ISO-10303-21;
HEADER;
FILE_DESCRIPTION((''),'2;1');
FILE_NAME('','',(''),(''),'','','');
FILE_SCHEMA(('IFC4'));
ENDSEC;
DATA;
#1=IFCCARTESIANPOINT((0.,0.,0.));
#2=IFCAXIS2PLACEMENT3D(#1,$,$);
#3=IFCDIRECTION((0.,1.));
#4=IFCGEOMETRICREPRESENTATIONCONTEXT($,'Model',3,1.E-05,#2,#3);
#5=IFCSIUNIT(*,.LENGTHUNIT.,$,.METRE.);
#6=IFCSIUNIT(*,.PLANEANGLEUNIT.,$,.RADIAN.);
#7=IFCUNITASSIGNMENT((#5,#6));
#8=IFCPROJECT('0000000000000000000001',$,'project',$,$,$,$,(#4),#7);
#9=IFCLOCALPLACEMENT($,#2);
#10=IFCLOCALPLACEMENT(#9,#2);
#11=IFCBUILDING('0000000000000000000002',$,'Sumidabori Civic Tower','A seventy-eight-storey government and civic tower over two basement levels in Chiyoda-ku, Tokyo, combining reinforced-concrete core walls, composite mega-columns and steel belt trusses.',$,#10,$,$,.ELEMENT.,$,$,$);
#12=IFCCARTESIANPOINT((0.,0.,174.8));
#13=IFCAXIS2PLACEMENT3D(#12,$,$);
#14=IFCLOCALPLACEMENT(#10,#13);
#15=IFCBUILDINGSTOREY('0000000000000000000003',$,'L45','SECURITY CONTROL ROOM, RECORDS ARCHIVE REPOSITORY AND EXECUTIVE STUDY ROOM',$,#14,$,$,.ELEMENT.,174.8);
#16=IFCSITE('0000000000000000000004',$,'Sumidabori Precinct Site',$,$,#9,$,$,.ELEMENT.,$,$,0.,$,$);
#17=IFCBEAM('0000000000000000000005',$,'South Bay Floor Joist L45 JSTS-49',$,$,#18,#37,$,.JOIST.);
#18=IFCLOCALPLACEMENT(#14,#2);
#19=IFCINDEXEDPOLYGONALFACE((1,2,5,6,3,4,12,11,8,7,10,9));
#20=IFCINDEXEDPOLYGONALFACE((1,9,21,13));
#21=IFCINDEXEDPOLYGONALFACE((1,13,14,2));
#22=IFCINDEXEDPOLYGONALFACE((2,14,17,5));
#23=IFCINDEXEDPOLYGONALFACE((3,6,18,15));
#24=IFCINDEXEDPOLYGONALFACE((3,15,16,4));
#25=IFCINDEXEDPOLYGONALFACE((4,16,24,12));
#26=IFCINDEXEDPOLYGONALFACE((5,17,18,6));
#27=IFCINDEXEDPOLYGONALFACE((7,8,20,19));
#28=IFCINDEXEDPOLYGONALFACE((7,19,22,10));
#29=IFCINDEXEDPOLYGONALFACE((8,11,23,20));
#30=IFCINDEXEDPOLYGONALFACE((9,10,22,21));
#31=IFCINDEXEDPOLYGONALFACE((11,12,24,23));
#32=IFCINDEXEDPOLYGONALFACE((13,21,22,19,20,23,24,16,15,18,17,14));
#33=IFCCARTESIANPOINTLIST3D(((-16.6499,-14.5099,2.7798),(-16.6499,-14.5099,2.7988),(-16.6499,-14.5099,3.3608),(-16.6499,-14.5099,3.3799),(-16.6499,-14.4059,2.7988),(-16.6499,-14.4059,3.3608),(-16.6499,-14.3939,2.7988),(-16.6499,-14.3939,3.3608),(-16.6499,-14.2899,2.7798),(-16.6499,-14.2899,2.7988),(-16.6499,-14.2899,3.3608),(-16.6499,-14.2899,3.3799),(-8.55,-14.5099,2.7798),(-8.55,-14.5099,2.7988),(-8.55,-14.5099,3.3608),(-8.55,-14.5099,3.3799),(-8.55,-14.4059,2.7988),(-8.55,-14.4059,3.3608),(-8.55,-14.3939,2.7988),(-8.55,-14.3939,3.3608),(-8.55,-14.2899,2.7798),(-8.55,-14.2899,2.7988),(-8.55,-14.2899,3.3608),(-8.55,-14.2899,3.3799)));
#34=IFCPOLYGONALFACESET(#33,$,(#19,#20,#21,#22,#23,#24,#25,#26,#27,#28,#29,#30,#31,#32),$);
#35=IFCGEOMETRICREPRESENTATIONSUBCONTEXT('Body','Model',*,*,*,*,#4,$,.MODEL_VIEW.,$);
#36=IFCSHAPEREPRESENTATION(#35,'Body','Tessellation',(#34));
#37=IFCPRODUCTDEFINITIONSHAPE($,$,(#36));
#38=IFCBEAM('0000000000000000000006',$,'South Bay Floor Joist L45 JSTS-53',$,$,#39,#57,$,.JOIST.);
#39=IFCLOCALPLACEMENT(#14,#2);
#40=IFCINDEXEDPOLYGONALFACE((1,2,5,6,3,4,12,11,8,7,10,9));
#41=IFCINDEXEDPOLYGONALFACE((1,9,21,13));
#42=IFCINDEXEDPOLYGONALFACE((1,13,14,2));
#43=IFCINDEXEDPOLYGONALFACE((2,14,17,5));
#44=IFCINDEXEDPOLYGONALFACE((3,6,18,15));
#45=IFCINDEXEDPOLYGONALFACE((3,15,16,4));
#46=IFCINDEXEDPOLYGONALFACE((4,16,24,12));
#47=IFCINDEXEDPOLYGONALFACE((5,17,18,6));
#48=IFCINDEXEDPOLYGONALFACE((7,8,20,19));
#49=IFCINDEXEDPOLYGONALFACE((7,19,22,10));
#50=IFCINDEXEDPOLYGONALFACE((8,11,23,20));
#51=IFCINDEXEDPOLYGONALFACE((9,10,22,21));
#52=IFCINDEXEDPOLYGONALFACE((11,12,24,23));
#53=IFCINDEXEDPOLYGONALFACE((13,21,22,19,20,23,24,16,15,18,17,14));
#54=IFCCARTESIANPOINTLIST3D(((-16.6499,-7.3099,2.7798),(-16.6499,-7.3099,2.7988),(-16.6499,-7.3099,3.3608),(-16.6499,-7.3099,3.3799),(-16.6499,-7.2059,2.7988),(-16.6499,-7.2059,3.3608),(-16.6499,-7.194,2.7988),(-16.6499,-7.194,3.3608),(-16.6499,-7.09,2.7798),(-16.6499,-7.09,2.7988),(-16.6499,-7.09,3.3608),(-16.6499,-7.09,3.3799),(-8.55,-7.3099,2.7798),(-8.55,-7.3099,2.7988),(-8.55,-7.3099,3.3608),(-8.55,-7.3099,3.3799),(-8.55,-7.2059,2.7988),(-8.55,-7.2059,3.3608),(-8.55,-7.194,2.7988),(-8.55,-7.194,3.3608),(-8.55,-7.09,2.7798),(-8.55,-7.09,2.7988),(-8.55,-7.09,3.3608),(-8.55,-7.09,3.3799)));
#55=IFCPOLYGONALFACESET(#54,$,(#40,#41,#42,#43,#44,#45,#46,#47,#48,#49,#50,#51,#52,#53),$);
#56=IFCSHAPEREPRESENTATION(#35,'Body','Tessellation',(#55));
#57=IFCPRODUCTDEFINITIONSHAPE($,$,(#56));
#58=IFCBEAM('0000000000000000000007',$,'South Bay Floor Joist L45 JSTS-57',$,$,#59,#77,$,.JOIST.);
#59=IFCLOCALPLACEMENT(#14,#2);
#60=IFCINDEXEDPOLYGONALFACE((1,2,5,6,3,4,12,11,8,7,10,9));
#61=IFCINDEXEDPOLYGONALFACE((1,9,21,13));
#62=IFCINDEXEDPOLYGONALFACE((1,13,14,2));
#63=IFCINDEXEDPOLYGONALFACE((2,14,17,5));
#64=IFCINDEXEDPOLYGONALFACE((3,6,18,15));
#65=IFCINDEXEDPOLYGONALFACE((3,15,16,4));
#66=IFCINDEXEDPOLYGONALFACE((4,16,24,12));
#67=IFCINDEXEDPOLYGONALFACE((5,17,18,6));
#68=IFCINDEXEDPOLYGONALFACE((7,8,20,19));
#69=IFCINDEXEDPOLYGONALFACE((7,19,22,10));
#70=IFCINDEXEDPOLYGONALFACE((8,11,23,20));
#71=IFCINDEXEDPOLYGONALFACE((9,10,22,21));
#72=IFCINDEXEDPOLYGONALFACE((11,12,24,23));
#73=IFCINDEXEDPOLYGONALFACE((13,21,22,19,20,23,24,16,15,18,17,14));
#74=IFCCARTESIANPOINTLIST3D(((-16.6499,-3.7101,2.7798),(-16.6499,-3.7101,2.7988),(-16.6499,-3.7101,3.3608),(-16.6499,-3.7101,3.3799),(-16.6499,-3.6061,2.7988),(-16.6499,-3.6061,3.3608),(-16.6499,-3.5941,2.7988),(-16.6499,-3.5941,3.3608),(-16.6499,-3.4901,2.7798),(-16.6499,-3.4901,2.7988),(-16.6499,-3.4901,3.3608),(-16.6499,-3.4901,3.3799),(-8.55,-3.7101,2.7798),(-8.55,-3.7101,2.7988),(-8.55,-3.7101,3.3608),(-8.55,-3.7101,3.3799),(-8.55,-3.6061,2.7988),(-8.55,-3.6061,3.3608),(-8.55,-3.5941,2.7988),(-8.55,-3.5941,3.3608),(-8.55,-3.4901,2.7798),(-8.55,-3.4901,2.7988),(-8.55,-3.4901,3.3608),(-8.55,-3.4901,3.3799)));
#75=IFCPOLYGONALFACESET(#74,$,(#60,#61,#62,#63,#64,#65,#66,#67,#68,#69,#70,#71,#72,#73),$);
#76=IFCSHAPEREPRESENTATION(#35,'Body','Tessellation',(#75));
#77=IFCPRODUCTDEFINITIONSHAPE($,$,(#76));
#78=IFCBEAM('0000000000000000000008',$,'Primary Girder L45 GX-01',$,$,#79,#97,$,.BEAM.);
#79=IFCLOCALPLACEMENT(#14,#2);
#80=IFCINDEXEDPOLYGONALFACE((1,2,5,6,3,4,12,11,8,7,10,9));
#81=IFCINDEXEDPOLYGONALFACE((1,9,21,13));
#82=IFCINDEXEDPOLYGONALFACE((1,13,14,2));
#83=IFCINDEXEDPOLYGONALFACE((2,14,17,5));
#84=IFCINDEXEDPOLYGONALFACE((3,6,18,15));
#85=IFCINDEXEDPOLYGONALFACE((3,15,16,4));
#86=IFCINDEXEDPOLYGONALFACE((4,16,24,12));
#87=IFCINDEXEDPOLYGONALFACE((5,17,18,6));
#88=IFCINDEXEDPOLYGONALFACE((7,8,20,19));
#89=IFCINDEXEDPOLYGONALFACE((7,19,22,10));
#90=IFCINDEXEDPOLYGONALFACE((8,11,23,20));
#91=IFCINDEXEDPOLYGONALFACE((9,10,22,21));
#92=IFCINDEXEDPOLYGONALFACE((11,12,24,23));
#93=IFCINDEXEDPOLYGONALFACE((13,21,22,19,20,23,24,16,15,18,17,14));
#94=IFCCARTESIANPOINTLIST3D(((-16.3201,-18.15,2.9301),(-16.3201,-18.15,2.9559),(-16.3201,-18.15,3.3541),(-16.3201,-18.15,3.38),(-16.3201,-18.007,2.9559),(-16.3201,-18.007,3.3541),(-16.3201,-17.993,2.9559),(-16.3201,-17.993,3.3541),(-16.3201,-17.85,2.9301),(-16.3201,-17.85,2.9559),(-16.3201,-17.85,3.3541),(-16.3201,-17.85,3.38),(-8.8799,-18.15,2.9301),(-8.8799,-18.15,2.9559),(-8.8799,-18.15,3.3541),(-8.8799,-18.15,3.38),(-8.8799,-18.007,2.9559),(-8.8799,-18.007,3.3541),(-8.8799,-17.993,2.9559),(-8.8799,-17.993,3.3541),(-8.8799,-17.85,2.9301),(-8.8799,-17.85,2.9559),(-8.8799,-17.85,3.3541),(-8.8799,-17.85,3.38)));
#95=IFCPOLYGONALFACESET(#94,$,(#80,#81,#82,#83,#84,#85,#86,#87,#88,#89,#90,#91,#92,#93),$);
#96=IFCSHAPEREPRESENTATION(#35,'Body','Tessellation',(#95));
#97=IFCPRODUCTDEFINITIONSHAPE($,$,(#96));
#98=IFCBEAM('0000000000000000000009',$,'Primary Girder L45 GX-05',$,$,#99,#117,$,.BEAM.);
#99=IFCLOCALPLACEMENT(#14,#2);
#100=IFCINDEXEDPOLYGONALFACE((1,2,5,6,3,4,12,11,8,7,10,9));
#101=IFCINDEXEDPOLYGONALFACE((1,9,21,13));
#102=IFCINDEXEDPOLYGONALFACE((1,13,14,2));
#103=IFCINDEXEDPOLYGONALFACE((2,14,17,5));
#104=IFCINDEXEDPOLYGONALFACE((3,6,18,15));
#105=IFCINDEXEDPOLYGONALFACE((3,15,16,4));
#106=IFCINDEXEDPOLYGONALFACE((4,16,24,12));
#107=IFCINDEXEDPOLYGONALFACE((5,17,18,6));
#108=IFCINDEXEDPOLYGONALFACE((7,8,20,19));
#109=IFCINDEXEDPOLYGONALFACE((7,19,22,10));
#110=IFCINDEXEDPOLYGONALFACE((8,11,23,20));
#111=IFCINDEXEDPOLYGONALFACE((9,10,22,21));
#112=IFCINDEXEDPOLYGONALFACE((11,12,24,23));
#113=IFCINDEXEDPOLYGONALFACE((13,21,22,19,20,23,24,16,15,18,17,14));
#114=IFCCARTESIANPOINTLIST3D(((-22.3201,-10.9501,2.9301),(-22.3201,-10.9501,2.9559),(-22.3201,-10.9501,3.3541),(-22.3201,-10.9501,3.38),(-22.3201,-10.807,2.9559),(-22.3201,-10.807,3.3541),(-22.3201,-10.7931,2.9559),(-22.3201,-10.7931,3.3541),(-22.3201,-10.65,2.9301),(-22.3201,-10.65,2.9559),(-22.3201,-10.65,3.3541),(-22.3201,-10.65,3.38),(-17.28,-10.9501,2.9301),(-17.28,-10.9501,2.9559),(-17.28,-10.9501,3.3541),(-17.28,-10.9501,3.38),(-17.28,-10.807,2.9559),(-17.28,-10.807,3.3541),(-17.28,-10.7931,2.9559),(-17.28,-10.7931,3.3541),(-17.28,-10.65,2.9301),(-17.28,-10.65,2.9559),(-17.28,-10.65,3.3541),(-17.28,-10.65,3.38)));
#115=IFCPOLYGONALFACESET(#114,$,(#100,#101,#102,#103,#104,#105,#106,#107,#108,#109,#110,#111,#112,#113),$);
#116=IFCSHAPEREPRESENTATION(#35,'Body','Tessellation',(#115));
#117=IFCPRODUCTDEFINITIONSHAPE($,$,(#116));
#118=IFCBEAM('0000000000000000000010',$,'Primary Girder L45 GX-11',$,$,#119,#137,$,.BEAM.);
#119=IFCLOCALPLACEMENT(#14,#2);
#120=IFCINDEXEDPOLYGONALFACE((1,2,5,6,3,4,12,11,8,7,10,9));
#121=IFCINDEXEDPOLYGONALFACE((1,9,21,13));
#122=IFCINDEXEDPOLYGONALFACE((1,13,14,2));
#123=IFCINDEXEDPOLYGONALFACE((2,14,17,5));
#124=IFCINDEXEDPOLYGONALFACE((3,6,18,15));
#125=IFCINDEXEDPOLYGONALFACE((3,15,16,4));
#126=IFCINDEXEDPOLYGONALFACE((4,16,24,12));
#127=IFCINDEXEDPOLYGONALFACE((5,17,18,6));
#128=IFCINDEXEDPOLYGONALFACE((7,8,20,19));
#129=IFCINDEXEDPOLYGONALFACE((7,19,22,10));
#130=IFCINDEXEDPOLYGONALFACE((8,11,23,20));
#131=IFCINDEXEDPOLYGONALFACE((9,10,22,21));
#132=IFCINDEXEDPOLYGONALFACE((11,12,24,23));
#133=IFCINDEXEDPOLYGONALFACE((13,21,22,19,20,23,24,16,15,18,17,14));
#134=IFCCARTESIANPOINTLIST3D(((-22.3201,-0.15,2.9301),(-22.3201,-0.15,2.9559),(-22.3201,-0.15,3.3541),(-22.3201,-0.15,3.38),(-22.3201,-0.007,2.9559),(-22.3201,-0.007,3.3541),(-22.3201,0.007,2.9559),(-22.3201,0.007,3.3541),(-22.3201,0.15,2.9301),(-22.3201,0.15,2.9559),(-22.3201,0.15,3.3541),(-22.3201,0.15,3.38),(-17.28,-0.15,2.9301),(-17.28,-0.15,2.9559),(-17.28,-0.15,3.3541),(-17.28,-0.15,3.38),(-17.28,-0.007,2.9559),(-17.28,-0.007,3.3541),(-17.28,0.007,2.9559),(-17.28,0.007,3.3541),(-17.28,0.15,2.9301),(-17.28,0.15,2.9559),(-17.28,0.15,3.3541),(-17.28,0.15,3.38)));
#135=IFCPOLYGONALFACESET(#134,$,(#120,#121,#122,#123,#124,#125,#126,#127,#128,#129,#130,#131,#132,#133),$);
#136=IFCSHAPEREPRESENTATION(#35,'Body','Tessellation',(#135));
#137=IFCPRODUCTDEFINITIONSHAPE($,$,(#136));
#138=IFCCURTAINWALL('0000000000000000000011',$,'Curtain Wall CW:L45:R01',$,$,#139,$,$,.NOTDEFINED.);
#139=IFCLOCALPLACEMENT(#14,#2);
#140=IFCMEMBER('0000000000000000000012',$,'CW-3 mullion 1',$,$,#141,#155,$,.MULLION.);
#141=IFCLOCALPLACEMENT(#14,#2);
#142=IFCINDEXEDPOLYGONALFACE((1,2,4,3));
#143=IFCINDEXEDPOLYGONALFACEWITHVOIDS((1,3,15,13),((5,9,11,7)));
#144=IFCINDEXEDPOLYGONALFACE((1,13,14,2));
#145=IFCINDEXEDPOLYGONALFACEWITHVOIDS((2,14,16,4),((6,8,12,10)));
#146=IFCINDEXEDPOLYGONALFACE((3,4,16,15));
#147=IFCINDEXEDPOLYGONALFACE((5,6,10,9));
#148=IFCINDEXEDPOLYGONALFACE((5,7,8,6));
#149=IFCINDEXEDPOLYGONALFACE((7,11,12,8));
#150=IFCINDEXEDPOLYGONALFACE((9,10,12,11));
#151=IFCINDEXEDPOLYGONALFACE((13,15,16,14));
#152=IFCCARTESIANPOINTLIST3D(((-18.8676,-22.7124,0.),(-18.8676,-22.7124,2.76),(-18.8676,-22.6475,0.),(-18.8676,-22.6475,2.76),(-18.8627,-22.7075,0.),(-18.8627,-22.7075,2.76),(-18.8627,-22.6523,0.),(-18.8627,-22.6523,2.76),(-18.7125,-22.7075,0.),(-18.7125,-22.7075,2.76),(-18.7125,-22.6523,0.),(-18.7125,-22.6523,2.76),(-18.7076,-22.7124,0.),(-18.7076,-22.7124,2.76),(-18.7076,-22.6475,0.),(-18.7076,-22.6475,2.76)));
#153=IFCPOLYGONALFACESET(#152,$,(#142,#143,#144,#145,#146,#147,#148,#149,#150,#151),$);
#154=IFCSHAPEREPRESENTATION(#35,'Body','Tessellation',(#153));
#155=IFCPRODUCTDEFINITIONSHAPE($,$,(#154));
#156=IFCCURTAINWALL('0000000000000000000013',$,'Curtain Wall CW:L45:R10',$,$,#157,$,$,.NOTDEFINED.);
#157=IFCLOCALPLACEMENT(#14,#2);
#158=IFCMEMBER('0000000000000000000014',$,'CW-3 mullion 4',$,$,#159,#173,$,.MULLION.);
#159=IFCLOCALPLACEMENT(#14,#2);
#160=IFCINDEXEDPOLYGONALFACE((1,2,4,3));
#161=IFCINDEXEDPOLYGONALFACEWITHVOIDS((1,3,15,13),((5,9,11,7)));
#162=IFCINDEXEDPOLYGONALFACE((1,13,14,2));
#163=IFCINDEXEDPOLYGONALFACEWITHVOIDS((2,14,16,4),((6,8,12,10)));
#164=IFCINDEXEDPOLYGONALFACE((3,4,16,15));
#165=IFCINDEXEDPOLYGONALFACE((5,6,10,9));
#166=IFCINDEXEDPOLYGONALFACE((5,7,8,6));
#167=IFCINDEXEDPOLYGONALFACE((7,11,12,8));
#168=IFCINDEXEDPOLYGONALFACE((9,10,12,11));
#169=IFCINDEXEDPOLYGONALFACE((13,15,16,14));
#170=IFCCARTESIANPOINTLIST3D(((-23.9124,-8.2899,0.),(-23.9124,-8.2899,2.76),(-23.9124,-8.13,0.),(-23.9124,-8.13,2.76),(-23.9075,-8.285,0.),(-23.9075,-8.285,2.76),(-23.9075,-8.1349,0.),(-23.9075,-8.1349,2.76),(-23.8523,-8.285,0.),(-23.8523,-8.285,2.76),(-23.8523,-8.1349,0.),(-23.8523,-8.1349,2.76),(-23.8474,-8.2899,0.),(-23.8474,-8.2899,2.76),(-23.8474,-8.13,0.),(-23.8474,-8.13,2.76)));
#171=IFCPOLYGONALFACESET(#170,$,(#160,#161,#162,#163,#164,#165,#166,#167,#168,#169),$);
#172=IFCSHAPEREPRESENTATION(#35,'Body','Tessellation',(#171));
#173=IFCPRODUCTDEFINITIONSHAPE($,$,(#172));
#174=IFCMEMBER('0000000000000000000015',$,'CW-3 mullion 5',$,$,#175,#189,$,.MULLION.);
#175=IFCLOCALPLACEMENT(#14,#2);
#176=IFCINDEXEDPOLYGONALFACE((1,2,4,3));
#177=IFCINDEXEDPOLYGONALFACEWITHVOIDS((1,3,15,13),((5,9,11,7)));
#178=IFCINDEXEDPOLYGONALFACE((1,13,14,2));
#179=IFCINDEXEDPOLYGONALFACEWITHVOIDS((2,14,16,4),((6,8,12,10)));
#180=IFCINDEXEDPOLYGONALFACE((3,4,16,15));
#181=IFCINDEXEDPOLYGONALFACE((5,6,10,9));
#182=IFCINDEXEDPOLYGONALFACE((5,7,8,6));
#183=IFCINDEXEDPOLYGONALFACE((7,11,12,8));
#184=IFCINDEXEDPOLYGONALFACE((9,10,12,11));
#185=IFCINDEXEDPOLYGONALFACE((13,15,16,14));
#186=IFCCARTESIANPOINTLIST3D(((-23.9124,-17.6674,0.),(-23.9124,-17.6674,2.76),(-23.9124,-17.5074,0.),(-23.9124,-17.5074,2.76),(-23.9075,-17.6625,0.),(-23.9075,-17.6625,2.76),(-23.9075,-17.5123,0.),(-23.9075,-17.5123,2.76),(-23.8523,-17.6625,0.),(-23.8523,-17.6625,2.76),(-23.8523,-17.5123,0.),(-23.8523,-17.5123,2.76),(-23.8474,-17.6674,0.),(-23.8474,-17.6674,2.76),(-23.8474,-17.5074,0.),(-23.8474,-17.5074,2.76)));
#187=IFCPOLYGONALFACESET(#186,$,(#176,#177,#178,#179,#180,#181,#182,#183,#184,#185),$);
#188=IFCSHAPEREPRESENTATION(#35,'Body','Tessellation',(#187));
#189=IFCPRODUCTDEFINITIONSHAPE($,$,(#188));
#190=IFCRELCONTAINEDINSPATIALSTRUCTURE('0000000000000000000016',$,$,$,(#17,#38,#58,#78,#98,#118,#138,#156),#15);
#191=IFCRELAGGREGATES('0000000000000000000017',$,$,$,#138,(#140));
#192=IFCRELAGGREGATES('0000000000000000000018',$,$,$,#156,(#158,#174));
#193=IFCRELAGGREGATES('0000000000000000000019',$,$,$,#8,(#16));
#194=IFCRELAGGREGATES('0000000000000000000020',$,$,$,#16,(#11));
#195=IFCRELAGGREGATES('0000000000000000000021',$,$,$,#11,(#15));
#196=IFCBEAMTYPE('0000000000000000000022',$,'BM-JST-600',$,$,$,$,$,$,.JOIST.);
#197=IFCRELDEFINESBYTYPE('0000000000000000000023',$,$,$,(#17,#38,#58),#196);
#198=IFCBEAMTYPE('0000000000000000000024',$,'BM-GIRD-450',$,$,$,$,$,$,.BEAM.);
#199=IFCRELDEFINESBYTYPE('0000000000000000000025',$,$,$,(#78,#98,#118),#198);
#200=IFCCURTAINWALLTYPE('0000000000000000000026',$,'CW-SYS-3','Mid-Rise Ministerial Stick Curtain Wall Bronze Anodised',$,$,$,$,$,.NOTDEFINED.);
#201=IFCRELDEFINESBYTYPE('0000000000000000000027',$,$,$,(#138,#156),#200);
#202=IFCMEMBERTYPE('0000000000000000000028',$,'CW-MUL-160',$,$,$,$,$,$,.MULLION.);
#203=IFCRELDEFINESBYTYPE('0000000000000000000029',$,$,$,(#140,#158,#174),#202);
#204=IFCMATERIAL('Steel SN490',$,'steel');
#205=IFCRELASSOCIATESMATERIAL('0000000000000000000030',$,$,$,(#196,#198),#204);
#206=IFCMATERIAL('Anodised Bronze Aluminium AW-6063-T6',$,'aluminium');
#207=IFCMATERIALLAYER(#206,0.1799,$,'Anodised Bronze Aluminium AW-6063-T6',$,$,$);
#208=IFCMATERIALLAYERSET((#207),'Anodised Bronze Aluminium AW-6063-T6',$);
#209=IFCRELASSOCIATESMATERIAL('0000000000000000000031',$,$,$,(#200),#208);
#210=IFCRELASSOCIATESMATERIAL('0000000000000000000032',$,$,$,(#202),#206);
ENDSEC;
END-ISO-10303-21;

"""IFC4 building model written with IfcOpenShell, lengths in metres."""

from ifc_helpers import new_model, si_unit, direction, frame, origin, origin_2d, place, context, subcontext, project, spatial, hollow_rectangle, i_section, extrude, source, transform, mapped, material, layer, layer_set, material_profile, profile_set, type_object, element, aggregate, save


model = new_model("IFC4")

# Units and contexts
model_context = context("Model", 3, precision=1e-05, world=origin(), true_north=direction((0.0, 1.0)))
body_context = subcontext(model_context, "Body", "Model", "MODEL_VIEW")
ifc_project = project(units=[si_unit("LENGTHUNIT", "METRE"), si_unit("PLANEANGLEUNIT", "RADIAN")], contexts=[model_context])

# Site, building, storey
site_placement = place(None, origin())
site = spatial("IfcSite", under=ifc_project, at=site_placement, Name="Sumidabori Precinct Site", CompositionType="ELEMENT", RefElevation=0.0)
building_placement = place(site_placement, origin())
building = spatial("IfcBuilding", under=site, at=building_placement, Name="Sumidabori Civic Tower", Description="A seventy-eight-storey government and civic tower over two basement levels in Chiyoda-ku, Tokyo, combining reinforced-concrete core walls, composite mega-columns and steel belt trusses.", CompositionType="ELEMENT")
storey_placement = place(building_placement, frame((0.0, 0.0, 174.8)))
storey = spatial("IfcBuildingStorey", under=building, at=storey_placement, Name="L45", Description="SECURITY CONTROL ROOM, RECORDS ARCHIVE REPOSITORY AND EXECUTIVE STUDY ROOM", CompositionType="ELEMENT", Elevation=174.8)

# Beams
ifc_material_1 = material(Name="Steel SN490", Category="steel")
ifc_material_profile_1 = material_profile(ifc_material_1, i_section(OverallWidth=0.22, OverallDepth=0.6001, WebThickness=0.012, FlangeThickness=0.019, at=origin_2d()), Name="IPE 600")
ifc_profile_set_1 = profile_set([ifc_material_profile_1], Name="Steel SN490")
beam_type_1 = type_object("IfcBeamType", Name="BM-JST-600", PredefinedType="JOIST", material=ifc_profile_set_1)
shared_shape_1 = source(origin(), body_context, "Body", "SweptSolid", [
    extrude(i_section(OverallWidth=0.22, OverallDepth=0.6001, WebThickness=0.012, FlangeThickness=0.019, at=origin_2d()), origin(), (0.0, 0.0, 1.0), 8.0999),
])
for number, where, z_axis, x_axis, name in (
    (1, (-16.6499, -14.3999, 3.0798), (1.0, 0.0, 0.0), (0.0, 1.0, 0.0), "South Bay Floor Joist L45 JSTS-49"),
    (2, (-16.6499, -7.2, 3.0798), (1.0, 0.0, 0.0), (0.0, 1.0, 0.0), "South Bay Floor Joist L45 JSTS-53"),
    (3, (-16.6499, -3.6001, 3.0798), (1.0, 0.0, 0.0), (0.0, 1.0, 0.0), "South Bay Floor Joist L45 JSTS-57"),
):
    element("IfcBeam", number, at=place(storey_placement, frame(where, z_axis=z_axis, x_axis=x_axis)), inside=storey, type_object=beam_type_1, Name=name, PredefinedType="JOIST", context=body_context, shape_type="MappedRepresentation", body=[
        mapped(shared_shape_1, transform((0.0, 0.0, 0.0), x_axis=(1.0, 0.0, 0.0), y_axis=(0.0, 1.0, 0.0), z_axis=(0.0, 0.0, 1.0), scale=1.0)),
    ])
ifc_material_profile_2 = material_profile(ifc_material_1, i_section(OverallWidth=0.3, OverallDepth=0.45, WebThickness=0.0139, FlangeThickness=0.0259, at=origin_2d()), Name="HE 450 B")
ifc_profile_set_2 = profile_set([ifc_material_profile_2], Name="Steel SN490")
beam_type_2 = type_object("IfcBeamType", Name="BM-GIRD-450", PredefinedType="BEAM", material=ifc_profile_set_2)
shared_shape_2 = source(origin(), body_context, "Body", "SweptSolid", [
    extrude(i_section(OverallWidth=0.3, OverallDepth=0.45, WebThickness=0.0139, FlangeThickness=0.0259, at=origin_2d()), origin(), (0.0, 0.0, 1.0), 7.4402),
])
beam_1_placement = place(storey_placement, frame((-16.3201, -18.0, 3.155), z_axis=(1.0, 0.0, 0.0), x_axis=(0.0, 1.0, 0.0)))
element("IfcBeam", 4, at=beam_1_placement, inside=storey, type_object=beam_type_2, Name="Primary Girder L45 GX-01", PredefinedType="BEAM", context=body_context, shape_type="MappedRepresentation", body=[
    mapped(shared_shape_2, transform((0.0, 0.0, 0.0), x_axis=(1.0, 0.0, 0.0), y_axis=(0.0, 1.0, 0.0), z_axis=(0.0, 0.0, 1.0), scale=1.0)),
])
shared_shape_3 = source(origin(), body_context, "Body", "SweptSolid", [
    extrude(i_section(OverallWidth=0.3, OverallDepth=0.45, WebThickness=0.0139, FlangeThickness=0.0259, at=origin_2d()), origin(), (0.0, 0.0, 1.0), 5.04),
])
for number, where, z_axis, x_axis, name in (
    (5, (-22.3201, -10.8, 3.155), (1.0, 0.0, 0.0), (0.0, 1.0, 0.0), "Primary Girder L45 GX-05"),
    (6, (-22.3201, 0.0, 3.155), (1.0, 0.0, 0.0), (0.0, 1.0, 0.0), "Primary Girder L45 GX-11"),
):
    element("IfcBeam", number, at=place(storey_placement, frame(where, z_axis=z_axis, x_axis=x_axis)), inside=storey, type_object=beam_type_2, Name=name, PredefinedType="BEAM", context=body_context, shape_type="MappedRepresentation", body=[
        mapped(shared_shape_3, transform((0.0, 0.0, 0.0), x_axis=(1.0, 0.0, 0.0), y_axis=(0.0, 1.0, 0.0), z_axis=(0.0, 0.0, 1.0), scale=1.0)),
    ])

# Curtain wall, member
ifc_material_2 = material(Name="Anodised Bronze Aluminium AW-6063-T6", Category="aluminium")
ifc_layer_1 = layer(ifc_material_2, 0.1799, Name="Anodised Bronze Aluminium AW-6063-T6")
ifc_layer_set_1 = layer_set([ifc_layer_1], Name="Anodised Bronze Aluminium AW-6063-T6")
curtain_wall_type = type_object("IfcCurtainWallType", Name="CW-SYS-3", Description="Mid-Rise Ministerial Stick Curtain Wall Bronze Anodised", PredefinedType="NOTDEFINED", material=ifc_layer_set_1)
curtain_wall_1_placement = place(storey_placement, origin())
curtain_wall_1 = element("IfcCurtainWall", 7, at=curtain_wall_1_placement, inside=storey, type_object=curtain_wall_type, Name="Curtain Wall CW:L45:R01", PredefinedType="NOTDEFINED")
ifc_material_profile_3 = material_profile(ifc_material_2, hollow_rectangle(XDim=0.0649, YDim=0.1599, WallThickness=0.0049, at=origin_2d()), Name="ALU MULLION 160x65")
ifc_profile_set_3 = profile_set([ifc_material_profile_3], Name="Anodised Bronze Aluminium AW-6063-T6")
member_type_1 = type_object("IfcMemberType", Name="CW-MUL-160", PredefinedType="MULLION", material=ifc_profile_set_3)
shared_shape_4 = source(origin(), body_context, "Body", "SweptSolid", [
    extrude(hollow_rectangle(XDim=0.0649, YDim=0.1599, WallThickness=0.0049, at=origin_2d()), origin(), (0.0, 0.0, 1.0), 2.76),
])
member_1_placement = place(storey_placement, frame((-18.7876, -22.6799, 0.0), z_axis=(0.0, 0.0, 1.0), x_axis=(0.0, 1.0, 0.0)))
member_1 = element("IfcMember", 8, at=member_1_placement, type_object=member_type_1, Name="CW-3 mullion 1", PredefinedType="MULLION", context=body_context, shape_type="MappedRepresentation", body=[
    mapped(shared_shape_4, transform((0.0, 0.0, 0.0), x_axis=(1.0, 0.0, 0.0), y_axis=(0.0, 1.0, 0.0), z_axis=(0.0, 0.0, 1.0), scale=1.0)),
])

# Curtain wall, members
curtain_wall_2_placement = place(storey_placement, origin())
curtain_wall_2 = element("IfcCurtainWall", 9, at=curtain_wall_2_placement, inside=storey, type_object=curtain_wall_type, Name="Curtain Wall CW:L45:R10", PredefinedType="NOTDEFINED")
member_2_placement = place(storey_placement, frame((-23.8799, -8.21, 0.0), z_axis=(0.0, 0.0, 1.0), x_axis=(1.0, 0.0, 0.0)))
member_2 = element("IfcMember", 10, at=member_2_placement, type_object=member_type_1, Name="CW-3 mullion 4", PredefinedType="MULLION", context=body_context, shape_type="MappedRepresentation", body=[
    mapped(shared_shape_4, transform((0.0, 0.0, 0.0), x_axis=(1.0, 0.0, 0.0), y_axis=(0.0, 1.0, 0.0), z_axis=(0.0, 0.0, 1.0), scale=1.0)),
])
member_3_placement = place(storey_placement, frame((-23.8799, -17.5874, 0.0), z_axis=(0.0, 0.0, 1.0), x_axis=(1.0, 0.0, 0.0)))
member_3 = element("IfcMember", 11, at=member_3_placement, type_object=member_type_1, Name="CW-3 mullion 5", PredefinedType="MULLION", context=body_context, shape_type="MappedRepresentation", body=[
    mapped(shared_shape_4, transform((0.0, 0.0, 0.0), x_axis=(1.0, 0.0, 0.0), y_axis=(0.0, 1.0, 0.0), z_axis=(0.0, 0.0, 1.0), scale=1.0)),
])

aggregate(curtain_wall_1, [member_1])

aggregate(curtain_wall_2, [member_2, member_3])

save(model, "model.ifc")
